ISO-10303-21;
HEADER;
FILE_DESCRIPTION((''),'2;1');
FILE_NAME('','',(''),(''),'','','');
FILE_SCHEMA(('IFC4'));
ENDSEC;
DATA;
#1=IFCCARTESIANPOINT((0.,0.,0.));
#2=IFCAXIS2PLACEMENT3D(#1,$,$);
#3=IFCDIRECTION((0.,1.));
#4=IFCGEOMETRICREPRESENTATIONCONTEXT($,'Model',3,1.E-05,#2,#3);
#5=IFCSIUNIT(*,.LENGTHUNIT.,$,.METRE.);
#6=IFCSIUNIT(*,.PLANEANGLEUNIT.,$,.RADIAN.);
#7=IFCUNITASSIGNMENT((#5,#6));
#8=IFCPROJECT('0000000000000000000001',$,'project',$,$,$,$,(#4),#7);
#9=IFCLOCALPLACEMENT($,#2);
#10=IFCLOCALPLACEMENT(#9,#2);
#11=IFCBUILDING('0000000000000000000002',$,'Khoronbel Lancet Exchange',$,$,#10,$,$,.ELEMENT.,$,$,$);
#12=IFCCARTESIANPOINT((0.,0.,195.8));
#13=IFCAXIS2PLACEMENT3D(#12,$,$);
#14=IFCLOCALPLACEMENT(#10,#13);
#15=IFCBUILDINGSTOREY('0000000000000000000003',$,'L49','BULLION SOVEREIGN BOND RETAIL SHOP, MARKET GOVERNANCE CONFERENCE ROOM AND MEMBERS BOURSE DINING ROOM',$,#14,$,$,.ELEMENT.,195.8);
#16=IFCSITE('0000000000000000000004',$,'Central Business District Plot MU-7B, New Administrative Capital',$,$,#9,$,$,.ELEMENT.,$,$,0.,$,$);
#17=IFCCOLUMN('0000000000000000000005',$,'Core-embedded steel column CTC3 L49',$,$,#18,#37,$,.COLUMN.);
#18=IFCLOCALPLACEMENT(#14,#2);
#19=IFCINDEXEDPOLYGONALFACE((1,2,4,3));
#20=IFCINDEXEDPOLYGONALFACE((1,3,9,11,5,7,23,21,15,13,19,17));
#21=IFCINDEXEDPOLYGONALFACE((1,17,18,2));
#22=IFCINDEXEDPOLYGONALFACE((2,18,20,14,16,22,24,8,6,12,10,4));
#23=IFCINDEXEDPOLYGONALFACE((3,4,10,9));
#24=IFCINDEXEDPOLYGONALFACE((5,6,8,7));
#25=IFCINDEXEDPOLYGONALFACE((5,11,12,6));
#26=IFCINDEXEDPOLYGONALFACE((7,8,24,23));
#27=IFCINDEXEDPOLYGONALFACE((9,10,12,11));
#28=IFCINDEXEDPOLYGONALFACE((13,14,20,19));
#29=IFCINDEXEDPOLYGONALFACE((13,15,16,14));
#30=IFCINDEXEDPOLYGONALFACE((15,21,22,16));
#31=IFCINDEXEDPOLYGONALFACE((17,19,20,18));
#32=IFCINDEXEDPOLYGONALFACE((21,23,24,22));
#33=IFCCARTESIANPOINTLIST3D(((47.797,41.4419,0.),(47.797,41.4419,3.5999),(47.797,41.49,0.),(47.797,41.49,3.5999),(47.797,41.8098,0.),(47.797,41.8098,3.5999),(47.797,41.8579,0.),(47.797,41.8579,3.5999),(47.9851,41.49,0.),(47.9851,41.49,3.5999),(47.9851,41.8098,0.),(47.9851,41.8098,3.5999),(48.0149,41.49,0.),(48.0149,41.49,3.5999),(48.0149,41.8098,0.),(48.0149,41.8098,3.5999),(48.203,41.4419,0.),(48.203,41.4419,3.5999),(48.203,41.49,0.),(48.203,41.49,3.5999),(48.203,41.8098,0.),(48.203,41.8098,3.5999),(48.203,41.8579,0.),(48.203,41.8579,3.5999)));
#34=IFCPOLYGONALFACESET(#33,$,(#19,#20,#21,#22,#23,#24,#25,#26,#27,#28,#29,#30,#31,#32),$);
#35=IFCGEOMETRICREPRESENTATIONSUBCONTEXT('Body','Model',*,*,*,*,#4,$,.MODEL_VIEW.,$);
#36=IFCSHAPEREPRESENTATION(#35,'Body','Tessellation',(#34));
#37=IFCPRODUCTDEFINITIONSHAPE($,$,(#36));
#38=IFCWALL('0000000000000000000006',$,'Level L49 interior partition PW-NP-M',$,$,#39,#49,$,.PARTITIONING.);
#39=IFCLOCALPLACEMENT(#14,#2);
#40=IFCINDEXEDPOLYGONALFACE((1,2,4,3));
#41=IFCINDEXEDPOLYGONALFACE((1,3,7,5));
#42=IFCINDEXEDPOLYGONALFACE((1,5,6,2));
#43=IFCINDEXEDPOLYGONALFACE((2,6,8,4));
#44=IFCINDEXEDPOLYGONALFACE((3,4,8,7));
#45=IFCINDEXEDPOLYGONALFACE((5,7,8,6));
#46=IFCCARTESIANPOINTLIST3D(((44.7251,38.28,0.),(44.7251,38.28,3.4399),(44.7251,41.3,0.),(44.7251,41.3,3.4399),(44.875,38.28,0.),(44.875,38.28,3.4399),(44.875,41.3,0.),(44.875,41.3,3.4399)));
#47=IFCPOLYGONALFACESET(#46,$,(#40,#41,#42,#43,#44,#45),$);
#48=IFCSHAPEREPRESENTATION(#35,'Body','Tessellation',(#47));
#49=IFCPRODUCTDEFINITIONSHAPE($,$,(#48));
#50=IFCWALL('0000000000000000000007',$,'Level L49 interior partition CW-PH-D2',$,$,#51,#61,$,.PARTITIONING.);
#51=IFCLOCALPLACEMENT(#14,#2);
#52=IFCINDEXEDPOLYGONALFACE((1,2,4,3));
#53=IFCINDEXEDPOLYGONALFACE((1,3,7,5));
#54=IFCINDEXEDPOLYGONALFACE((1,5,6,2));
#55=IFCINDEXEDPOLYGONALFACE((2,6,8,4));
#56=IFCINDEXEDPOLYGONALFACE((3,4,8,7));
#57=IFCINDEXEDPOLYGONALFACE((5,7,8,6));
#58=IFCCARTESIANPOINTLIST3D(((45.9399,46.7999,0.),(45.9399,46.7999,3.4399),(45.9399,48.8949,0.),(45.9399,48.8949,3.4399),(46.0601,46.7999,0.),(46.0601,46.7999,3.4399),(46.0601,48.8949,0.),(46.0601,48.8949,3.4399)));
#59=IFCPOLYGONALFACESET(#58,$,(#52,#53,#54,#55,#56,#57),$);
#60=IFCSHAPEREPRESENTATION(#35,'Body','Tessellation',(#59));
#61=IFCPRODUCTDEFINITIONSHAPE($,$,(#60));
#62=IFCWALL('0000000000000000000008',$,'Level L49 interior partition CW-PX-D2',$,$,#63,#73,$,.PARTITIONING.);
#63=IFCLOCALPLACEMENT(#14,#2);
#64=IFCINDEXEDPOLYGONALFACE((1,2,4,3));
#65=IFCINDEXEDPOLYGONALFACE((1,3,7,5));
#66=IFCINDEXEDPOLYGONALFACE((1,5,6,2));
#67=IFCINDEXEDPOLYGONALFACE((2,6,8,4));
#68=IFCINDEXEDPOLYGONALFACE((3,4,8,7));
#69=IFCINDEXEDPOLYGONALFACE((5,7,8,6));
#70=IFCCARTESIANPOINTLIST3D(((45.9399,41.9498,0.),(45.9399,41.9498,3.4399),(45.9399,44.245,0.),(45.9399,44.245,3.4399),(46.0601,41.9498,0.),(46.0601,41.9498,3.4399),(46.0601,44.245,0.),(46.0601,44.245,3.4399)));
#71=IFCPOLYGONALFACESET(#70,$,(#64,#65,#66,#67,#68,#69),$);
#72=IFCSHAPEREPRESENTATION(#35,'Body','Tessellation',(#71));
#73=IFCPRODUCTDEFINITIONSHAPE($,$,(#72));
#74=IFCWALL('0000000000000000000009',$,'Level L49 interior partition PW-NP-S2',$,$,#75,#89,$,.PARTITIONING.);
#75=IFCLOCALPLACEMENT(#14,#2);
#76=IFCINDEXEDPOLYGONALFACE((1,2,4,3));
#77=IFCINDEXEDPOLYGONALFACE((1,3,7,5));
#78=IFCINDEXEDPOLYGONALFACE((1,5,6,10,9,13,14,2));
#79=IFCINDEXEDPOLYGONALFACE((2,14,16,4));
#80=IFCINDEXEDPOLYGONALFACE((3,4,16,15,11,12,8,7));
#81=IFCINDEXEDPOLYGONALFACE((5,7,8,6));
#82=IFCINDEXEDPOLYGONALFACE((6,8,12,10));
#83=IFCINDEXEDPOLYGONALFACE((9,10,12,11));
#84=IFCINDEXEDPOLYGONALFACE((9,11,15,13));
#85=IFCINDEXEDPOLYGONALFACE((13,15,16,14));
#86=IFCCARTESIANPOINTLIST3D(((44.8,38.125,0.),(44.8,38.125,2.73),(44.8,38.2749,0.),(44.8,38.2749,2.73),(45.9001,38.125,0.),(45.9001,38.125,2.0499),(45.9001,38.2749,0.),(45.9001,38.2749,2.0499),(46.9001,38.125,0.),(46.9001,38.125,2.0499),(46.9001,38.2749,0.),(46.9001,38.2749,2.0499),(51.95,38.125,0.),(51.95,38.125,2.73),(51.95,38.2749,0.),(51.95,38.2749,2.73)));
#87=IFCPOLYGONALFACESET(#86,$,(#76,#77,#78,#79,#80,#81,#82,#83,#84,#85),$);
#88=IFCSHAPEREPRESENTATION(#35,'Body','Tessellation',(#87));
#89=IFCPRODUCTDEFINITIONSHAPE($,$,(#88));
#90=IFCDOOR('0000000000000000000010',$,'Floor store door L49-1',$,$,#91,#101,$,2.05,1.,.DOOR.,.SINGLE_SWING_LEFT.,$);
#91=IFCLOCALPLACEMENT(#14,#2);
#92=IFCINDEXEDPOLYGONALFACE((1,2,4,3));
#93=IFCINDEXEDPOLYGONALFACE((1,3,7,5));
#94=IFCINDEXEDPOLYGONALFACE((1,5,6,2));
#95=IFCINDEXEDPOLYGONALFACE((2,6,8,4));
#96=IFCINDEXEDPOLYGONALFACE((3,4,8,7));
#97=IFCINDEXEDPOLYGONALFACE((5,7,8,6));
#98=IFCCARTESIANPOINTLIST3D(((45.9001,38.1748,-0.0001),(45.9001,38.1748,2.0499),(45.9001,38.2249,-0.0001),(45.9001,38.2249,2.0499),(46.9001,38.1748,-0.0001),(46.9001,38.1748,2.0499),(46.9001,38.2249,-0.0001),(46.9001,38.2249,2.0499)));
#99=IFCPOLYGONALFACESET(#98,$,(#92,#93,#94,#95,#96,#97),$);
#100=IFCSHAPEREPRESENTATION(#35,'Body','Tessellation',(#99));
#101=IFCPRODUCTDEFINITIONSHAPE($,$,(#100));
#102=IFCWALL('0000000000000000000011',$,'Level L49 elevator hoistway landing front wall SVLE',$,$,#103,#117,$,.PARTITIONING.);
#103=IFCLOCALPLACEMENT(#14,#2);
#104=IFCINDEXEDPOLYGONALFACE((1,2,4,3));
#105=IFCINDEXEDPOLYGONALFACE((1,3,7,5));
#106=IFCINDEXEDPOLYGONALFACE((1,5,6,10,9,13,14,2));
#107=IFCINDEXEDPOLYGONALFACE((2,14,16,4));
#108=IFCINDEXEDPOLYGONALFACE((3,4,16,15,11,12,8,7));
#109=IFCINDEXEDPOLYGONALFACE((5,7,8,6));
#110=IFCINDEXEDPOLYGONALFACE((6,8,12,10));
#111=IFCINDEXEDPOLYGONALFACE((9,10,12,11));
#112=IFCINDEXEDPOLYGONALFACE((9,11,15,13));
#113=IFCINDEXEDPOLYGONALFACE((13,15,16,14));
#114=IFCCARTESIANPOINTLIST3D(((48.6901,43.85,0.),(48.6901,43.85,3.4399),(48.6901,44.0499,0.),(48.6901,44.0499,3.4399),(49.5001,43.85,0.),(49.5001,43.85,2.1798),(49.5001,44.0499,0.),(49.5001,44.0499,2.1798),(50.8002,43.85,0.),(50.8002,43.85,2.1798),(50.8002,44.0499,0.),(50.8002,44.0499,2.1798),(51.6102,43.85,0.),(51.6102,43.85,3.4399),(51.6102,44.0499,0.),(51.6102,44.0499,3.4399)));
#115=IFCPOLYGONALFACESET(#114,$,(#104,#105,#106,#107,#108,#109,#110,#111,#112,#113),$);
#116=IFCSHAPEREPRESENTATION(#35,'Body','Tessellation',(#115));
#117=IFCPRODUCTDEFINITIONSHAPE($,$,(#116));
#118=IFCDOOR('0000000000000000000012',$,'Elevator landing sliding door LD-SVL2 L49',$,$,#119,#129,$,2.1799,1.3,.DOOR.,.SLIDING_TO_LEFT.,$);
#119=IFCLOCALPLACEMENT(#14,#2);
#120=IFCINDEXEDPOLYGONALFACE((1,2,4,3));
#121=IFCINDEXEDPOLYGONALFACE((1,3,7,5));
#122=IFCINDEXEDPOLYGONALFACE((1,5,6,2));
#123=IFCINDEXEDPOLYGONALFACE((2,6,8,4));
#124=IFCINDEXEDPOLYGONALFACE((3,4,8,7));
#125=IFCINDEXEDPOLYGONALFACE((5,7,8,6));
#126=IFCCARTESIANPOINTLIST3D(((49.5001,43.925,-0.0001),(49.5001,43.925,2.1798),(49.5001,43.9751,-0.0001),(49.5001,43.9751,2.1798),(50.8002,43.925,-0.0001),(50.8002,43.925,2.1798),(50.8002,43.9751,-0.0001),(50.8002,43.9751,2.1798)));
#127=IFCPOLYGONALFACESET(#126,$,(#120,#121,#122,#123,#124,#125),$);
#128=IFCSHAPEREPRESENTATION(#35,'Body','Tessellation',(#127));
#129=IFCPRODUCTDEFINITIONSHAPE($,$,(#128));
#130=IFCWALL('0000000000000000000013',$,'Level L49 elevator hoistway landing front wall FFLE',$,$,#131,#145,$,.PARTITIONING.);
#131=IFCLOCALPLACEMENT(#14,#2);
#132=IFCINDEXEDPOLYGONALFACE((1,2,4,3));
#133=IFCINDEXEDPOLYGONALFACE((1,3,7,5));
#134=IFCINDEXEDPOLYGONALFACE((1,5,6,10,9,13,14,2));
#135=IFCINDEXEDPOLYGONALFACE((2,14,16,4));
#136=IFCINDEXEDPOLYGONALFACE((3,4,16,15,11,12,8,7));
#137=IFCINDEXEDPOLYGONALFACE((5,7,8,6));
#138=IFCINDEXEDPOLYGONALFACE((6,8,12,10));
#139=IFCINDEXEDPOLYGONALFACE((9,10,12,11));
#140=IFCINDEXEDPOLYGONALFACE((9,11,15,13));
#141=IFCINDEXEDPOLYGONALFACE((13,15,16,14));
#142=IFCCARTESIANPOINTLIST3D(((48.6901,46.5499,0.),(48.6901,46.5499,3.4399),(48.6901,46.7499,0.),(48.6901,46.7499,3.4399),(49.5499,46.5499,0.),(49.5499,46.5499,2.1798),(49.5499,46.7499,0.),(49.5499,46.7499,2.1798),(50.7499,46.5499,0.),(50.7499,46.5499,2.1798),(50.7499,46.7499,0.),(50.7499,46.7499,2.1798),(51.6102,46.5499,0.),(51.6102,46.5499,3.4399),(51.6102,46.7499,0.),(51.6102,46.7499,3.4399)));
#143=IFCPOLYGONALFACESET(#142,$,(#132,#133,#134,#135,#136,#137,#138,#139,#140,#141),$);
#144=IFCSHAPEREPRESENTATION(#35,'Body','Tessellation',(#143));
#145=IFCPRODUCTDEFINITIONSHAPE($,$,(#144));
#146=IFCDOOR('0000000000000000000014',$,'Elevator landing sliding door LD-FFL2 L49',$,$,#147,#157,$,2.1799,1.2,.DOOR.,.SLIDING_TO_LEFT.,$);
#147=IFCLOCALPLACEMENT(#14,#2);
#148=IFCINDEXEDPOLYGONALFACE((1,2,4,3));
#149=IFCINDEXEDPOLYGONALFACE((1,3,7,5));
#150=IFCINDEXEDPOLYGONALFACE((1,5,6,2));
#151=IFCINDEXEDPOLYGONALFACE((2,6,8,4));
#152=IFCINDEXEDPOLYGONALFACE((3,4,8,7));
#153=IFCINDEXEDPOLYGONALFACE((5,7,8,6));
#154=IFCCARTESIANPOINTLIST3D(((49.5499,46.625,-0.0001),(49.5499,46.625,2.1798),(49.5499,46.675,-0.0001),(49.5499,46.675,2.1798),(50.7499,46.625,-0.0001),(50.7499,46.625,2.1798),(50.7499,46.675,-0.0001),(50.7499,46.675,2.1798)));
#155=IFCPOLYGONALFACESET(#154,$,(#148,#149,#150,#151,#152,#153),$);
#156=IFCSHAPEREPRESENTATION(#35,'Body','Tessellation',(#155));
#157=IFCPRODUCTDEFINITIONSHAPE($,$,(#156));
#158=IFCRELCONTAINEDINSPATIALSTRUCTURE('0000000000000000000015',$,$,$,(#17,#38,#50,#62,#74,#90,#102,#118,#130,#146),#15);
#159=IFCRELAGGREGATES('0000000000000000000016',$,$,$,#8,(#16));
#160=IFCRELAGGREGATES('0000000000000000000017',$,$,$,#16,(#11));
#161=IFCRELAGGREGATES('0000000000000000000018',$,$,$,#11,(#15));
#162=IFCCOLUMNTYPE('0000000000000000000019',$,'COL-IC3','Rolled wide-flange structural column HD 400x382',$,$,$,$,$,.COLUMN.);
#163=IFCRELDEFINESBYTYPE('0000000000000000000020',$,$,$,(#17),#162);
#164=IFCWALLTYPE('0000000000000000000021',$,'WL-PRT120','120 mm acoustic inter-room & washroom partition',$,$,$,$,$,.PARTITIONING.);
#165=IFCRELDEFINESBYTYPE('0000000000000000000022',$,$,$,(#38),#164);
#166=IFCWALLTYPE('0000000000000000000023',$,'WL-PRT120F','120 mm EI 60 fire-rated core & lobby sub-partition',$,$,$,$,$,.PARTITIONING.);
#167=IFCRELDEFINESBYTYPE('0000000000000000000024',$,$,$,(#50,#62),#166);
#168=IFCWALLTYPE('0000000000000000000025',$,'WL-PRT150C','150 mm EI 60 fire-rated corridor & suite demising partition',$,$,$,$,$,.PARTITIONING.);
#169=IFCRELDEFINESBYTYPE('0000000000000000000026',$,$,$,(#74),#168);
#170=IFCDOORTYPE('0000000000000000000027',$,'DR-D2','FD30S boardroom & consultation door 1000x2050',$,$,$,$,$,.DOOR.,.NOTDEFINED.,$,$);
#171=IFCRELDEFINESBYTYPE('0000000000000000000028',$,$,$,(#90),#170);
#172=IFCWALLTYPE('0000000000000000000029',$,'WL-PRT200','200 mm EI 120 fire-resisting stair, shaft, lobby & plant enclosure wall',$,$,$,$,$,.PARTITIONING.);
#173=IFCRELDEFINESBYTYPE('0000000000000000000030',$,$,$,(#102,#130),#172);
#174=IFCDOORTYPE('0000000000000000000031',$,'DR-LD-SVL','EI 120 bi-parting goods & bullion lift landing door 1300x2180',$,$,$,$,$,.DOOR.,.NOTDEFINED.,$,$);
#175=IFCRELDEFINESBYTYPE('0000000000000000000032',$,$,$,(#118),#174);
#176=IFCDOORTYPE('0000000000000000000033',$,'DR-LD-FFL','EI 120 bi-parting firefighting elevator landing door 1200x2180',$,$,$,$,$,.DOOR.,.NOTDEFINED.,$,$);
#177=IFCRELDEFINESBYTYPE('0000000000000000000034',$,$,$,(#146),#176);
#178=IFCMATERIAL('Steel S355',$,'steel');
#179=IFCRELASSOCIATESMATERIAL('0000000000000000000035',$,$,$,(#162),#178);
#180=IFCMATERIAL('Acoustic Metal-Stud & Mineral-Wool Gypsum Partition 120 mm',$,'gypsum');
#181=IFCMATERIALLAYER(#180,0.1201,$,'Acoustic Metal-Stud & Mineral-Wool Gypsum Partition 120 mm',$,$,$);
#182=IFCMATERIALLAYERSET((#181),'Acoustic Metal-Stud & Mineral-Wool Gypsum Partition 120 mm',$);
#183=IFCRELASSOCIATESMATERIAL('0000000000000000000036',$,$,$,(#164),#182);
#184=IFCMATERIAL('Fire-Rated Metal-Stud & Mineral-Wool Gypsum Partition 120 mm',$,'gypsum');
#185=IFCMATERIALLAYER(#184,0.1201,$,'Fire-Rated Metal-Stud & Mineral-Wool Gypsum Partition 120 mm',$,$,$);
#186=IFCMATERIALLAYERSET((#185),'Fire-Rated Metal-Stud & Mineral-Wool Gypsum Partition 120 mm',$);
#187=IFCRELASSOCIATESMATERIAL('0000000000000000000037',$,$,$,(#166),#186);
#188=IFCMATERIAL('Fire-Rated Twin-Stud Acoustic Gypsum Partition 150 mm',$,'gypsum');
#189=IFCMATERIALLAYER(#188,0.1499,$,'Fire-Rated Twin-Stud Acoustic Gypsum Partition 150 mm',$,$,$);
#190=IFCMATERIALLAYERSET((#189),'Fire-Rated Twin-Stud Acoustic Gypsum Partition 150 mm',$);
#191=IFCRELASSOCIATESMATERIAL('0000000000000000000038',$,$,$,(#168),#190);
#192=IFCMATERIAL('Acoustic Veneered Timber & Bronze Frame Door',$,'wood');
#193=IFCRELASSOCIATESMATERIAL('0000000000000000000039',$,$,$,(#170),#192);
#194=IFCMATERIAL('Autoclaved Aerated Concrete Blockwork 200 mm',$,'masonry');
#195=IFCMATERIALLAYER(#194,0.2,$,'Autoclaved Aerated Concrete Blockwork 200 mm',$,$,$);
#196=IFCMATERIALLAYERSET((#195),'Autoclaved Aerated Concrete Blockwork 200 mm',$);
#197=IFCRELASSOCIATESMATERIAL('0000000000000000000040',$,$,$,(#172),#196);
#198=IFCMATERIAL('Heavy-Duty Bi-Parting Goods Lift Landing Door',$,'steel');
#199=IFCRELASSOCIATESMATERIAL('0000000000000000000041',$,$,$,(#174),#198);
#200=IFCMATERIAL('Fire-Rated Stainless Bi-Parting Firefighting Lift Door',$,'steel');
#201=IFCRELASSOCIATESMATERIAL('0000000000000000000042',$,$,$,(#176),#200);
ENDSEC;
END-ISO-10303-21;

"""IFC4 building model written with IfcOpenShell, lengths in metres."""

from ifc_helpers import new_model, si_unit, direction, frame, frame_2d, origin, origin_2d, place, context, subcontext, project, spatial, rectangle, i_section, extrude, material, layer, layer_set, material_profile, profile_set, type_object, element, fill, save


model = new_model("IFC4")

# Units and contexts
model_context = context("Model", 3, precision=1e-05, world=origin(), true_north=direction((0.0, 1.0)))
body_context = subcontext(model_context, "Body", "Model", "MODEL_VIEW")
ifc_project = project(units=[si_unit("LENGTHUNIT", "METRE"), si_unit("PLANEANGLEUNIT", "RADIAN")], contexts=[model_context])

# Site, building, storey
site_placement = place(None, origin())
site = spatial("IfcSite", under=ifc_project, at=site_placement, Name="Central Business District Plot MU-7B, New Administrative Capital", CompositionType="ELEMENT", RefElevation=0.0)
building_placement = place(site_placement, origin())
building = spatial("IfcBuilding", under=site, at=building_placement, Name="Khoronbel Lancet Exchange", CompositionType="ELEMENT")
storey_placement = place(building_placement, frame((0.0, 0.0, 195.8)))
storey = spatial("IfcBuildingStorey", under=building, at=storey_placement, Name="L49", Description="BULLION SOVEREIGN BOND RETAIL SHOP, MARKET GOVERNANCE CONFERENCE ROOM AND MEMBERS BOURSE DINING ROOM", CompositionType="ELEMENT", Elevation=195.8)

# Column
ifc_material_1 = material(Name="Steel S355", Category="steel")
ifc_material_profile = material_profile(ifc_material_1, i_section(OverallWidth=0.406, OverallDepth=0.416, WebThickness=0.0298, FlangeThickness=0.0481, at=origin_2d()), Name="HD 400x382")
ifc_profile_set = profile_set([ifc_material_profile], Name="Steel S355")
column_type = type_object("IfcColumnType", Name="COL-IC3", Description="Rolled wide-flange structural column HD 400x382", PredefinedType="COLUMN", material=ifc_profile_set)
column_placement = place(storey_placement, frame((48.0, 41.6499, 0.0), z_axis=(0.0, 0.0, 1.0), x_axis=(1.0, 0.0, 0.0)))
element("IfcColumn", 1, at=column_placement, inside=storey, type_object=column_type, Name="Core-embedded steel column CTC3 L49", PredefinedType="COLUMN", context=body_context, shape_type="SweptSolid", body=[
    extrude(i_section(OverallWidth=0.406, OverallDepth=0.416, WebThickness=0.0298, FlangeThickness=0.0481, at=origin_2d()), origin(), (0.0, 0.0, 1.0), 3.5999),
])

# Walls
ifc_material_2 = material(Name="Acoustic Metal-Stud & Mineral-Wool Gypsum Partition 120 mm", Category="gypsum")
ifc_layer_1 = layer(ifc_material_2, 0.1201, Name="Acoustic Metal-Stud & Mineral-Wool Gypsum Partition 120 mm")
ifc_layer_set_1 = layer_set([ifc_layer_1], Name="Acoustic Metal-Stud & Mineral-Wool Gypsum Partition 120 mm")
wall_type_1 = type_object("IfcWallType", Name="WL-PRT120", Description="120 mm acoustic inter-room & washroom partition", PredefinedType="PARTITIONING", material=ifc_layer_set_1)
wall_1_placement = place(storey_placement, frame((44.8, 38.28, 0.0), z_axis=(0.0, 0.0, 1.0), x_axis=(0.0, 1.0, 0.0)))
element("IfcWall", 2, at=wall_1_placement, inside=storey, type_object=wall_type_1, Name="Level L49 interior partition PW-NP-M", PredefinedType="PARTITIONING", context=body_context, shape_type="SweptSolid", body=[
    extrude(rectangle(XDim=3.02, YDim=0.1499, at=frame_2d((1.51, 0.0))), origin(), (0.0, 0.0, 1.0), 3.4399),
])
ifc_material_3 = material(Name="Fire-Rated Metal-Stud & Mineral-Wool Gypsum Partition 120 mm", Category="gypsum")
ifc_layer_2 = layer(ifc_material_3, 0.1201, Name="Fire-Rated Metal-Stud & Mineral-Wool Gypsum Partition 120 mm")
ifc_layer_set_2 = layer_set([ifc_layer_2], Name="Fire-Rated Metal-Stud & Mineral-Wool Gypsum Partition 120 mm")
wall_type_2 = type_object("IfcWallType", Name="WL-PRT120F", Description="120 mm EI 60 fire-rated core & lobby sub-partition", PredefinedType="PARTITIONING", material=ifc_layer_set_2)
wall_2_placement = place(storey_placement, frame((46.0, 46.8, 0.0), z_axis=(0.0, 0.0, 1.0), x_axis=(0.0, 1.0, 0.0)))
element("IfcWall", 3, at=wall_2_placement, inside=storey, type_object=wall_type_2, Name="Level L49 interior partition CW-PH-D2", PredefinedType="PARTITIONING", context=body_context, shape_type="SweptSolid", body=[
    extrude(rectangle(XDim=2.095, YDim=0.1201, at=frame_2d((1.0474, 0.0))), origin(), (0.0, 0.0, 1.0), 3.4399),
])
wall_3_placement = place(storey_placement, frame((46.0, 41.95, 0.0), z_axis=(0.0, 0.0, 1.0), x_axis=(0.0, 1.0, 0.0)))
element("IfcWall", 4, at=wall_3_placement, inside=storey, type_object=wall_type_2, Name="Level L49 interior partition CW-PX-D2", PredefinedType="PARTITIONING", context=body_context, shape_type="SweptSolid", body=[
    extrude(rectangle(XDim=2.2952, YDim=0.1201, at=frame_2d((1.1475, 0.0))), origin(), (0.0, 0.0, 1.0), 3.4399),
])

# Walls, openings, doors
ifc_material_4 = material(Name="Fire-Rated Twin-Stud Acoustic Gypsum Partition 150 mm", Category="gypsum")
ifc_layer_3 = layer(ifc_material_4, 0.1499, Name="Fire-Rated Twin-Stud Acoustic Gypsum Partition 150 mm")
ifc_layer_set_3 = layer_set([ifc_layer_3], Name="Fire-Rated Twin-Stud Acoustic Gypsum Partition 150 mm")
wall_type_3 = type_object("IfcWallType", Name="WL-PRT150C", Description="150 mm EI 60 fire-rated corridor & suite demising partition", PredefinedType="PARTITIONING", material=ifc_layer_set_3)
wall_4_placement = place(storey_placement, frame((44.8, 38.2, 0.0), z_axis=(0.0, 0.0, 1.0), x_axis=(1.0, 0.0, 0.0)))
wall_4 = element("IfcWall", 5, at=wall_4_placement, inside=storey, type_object=wall_type_3, Name="Level L49 interior partition PW-NP-S2", PredefinedType="PARTITIONING", context=body_context, shape_type="SweptSolid", body=[
    extrude(rectangle(XDim=7.1499, YDim=0.1499, at=frame_2d((3.575, 0.0))), origin(), (0.0, 0.0, 1.0), 2.73),
])
opening_1_placement = place(wall_4_placement, frame((1.1001, 0.0, 0.0)))
opening_1 = element("IfcOpeningElement", 6, at=opening_1_placement, cuts=wall_4, PredefinedType="OPENING", context=body_context, shape_type="SweptSolid", body=[
    extrude(rectangle(XDim=1.0, YDim=2.05, at=frame_2d((0.5, 1.0249))), frame((0.0, 0.085, 0.0), z_axis=(0.0, -1.0, 0.0), x_axis=(1.0, 0.0, 0.0)), (0.0, 0.0, 1.0), 0.1699),
])
ifc_material_5 = material(Name="Acoustic Veneered Timber & Bronze Frame Door", Category="wood")
door_type_1 = type_object("IfcDoorType", Name="DR-D2", Description="FD30S boardroom & consultation door 1000x2050", OperationType="NOTDEFINED", PredefinedType="DOOR", material=ifc_material_5)
door_1_placement = place(opening_1_placement, origin())
door_1 = element("IfcDoor", 7, at=door_1_placement, inside=storey, type_object=door_type_1, Name="Floor store door L49-1", OperationType="SINGLE_SWING_LEFT", OverallHeight=2.05, OverallWidth=1.0, PredefinedType="DOOR", context=body_context, shape_type="SweptSolid", body=[
    extrude(rectangle(XDim=1.0, YDim=2.05, at=frame_2d((0.5, 1.0249))), frame((0.0, 0.0249, 0.0), z_axis=(0.0, -1.0, 0.0), x_axis=(1.0, 0.0, 0.0)), (0.0, 0.0, 1.0), 0.05),
])
fill(opening_1, door_1)
ifc_material_6 = material(Name="Autoclaved Aerated Concrete Blockwork 200 mm", Category="masonry")
ifc_layer_4 = layer(ifc_material_6, 0.2, Name="Autoclaved Aerated Concrete Blockwork 200 mm")
ifc_layer_set_4 = layer_set([ifc_layer_4], Name="Autoclaved Aerated Concrete Blockwork 200 mm")
wall_type_4 = type_object("IfcWallType", Name="WL-PRT200", Description="200 mm EI 120 fire-resisting stair, shaft, lobby & plant enclosure wall", PredefinedType="PARTITIONING", material=ifc_layer_set_4)
wall_5_placement = place(storey_placement, frame((51.6101, 43.95, 0.0), z_axis=(0.0, 0.0, 1.0), x_axis=(-1.0, 0.0, 0.0)))
wall_5 = element("IfcWall", 8, at=wall_5_placement, inside=storey, type_object=wall_type_4, Name="Level L49 elevator hoistway landing front wall SVLE", PredefinedType="PARTITIONING", context=body_context, shape_type="SweptSolid", body=[
    extrude(rectangle(XDim=2.9202, YDim=0.2, at=frame_2d((1.46, 0.0))), origin(), (0.0, 0.0, 1.0), 3.4399),
])
opening_2_placement = place(wall_5_placement, frame((0.8101, 0.0, 0.0)))
opening_2 = element("IfcOpeningElement", 9, at=opening_2_placement, cuts=wall_5, PredefinedType="OPENING", context=body_context, shape_type="SweptSolid", body=[
    extrude(rectangle(XDim=1.3, YDim=2.1799, at=frame_2d((0.6499, 1.0898))), frame((0.0, 0.1099, 0.0), z_axis=(0.0, -1.0, 0.0), x_axis=(1.0, 0.0, 0.0)), (0.0, 0.0, 1.0), 0.22),
])
ifc_material_7 = material(Name="Heavy-Duty Bi-Parting Goods Lift Landing Door", Category="steel")
door_type_2 = type_object("IfcDoorType", Name="DR-LD-SVL", Description="EI 120 bi-parting goods & bullion lift landing door 1300x2180", OperationType="NOTDEFINED", PredefinedType="DOOR", material=ifc_material_7)
door_2_placement = place(opening_2_placement, origin())
door_2 = element("IfcDoor", 10, at=door_2_placement, inside=storey, type_object=door_type_2, Name="Elevator landing sliding door LD-SVL2 L49", OperationType="SLIDING_TO_LEFT", OverallHeight=2.1799, OverallWidth=1.3, PredefinedType="DOOR", context=body_context, shape_type="SweptSolid", body=[
    extrude(rectangle(XDim=1.3, YDim=2.1799, at=frame_2d((0.6499, 1.0898))), frame((0.0, 0.0249, 0.0), z_axis=(0.0, -1.0, 0.0), x_axis=(1.0, 0.0, 0.0)), (0.0, 0.0, 1.0), 0.05),
])
fill(opening_2, door_2)
wall_6_placement = place(storey_placement, frame((51.6101, 46.6499, 0.0), z_axis=(0.0, 0.0, 1.0), x_axis=(-1.0, 0.0, 0.0)))
wall_6 = element("IfcWall", 11, at=wall_6_placement, inside=storey, type_object=wall_type_4, Name="Level L49 elevator hoistway landing front wall FFLE", PredefinedType="PARTITIONING", context=body_context, shape_type="SweptSolid", body=[
    extrude(rectangle(XDim=2.9202, YDim=0.2, at=frame_2d((1.46, 0.0))), origin(), (0.0, 0.0, 1.0), 3.4399),
])
opening_3_placement = place(wall_6_placement, frame((0.8601, 0.0, 0.0)))
opening_3 = element("IfcOpeningElement", 12, at=opening_3_placement, cuts=wall_6, PredefinedType="OPENING", context=body_context, shape_type="SweptSolid", body=[
    extrude(rectangle(XDim=1.2, YDim=2.1799, at=frame_2d((0.6001, 1.0898))), frame((0.0, 0.1099, 0.0), z_axis=(0.0, -1.0, 0.0), x_axis=(1.0, 0.0, 0.0)), (0.0, 0.0, 1.0), 0.22),
])
ifc_material_8 = material(Name="Fire-Rated Stainless Bi-Parting Firefighting Lift Door", Category="steel")
door_type_3 = type_object("IfcDoorType", Name="DR-LD-FFL", Description="EI 120 bi-parting firefighting elevator landing door 1200x2180", OperationType="NOTDEFINED", PredefinedType="DOOR", material=ifc_material_8)
door_3_placement = place(opening_3_placement, origin())
door_3 = element("IfcDoor", 13, at=door_3_placement, inside=storey, type_object=door_type_3, Name="Elevator landing sliding door LD-FFL2 L49", OperationType="SLIDING_TO_LEFT", OverallHeight=2.1799, OverallWidth=1.2, PredefinedType="DOOR", context=body_context, shape_type="SweptSolid", body=[
    extrude(rectangle(XDim=1.2, YDim=2.1799, at=frame_2d((0.6001, 1.0898))), frame((0.0, 0.0249, 0.0), z_axis=(0.0, -1.0, 0.0), x_axis=(1.0, 0.0, 0.0)), (0.0, 0.0, 1.0), 0.05),
])
fill(opening_3, door_3)

save(model, "model.ifc")
